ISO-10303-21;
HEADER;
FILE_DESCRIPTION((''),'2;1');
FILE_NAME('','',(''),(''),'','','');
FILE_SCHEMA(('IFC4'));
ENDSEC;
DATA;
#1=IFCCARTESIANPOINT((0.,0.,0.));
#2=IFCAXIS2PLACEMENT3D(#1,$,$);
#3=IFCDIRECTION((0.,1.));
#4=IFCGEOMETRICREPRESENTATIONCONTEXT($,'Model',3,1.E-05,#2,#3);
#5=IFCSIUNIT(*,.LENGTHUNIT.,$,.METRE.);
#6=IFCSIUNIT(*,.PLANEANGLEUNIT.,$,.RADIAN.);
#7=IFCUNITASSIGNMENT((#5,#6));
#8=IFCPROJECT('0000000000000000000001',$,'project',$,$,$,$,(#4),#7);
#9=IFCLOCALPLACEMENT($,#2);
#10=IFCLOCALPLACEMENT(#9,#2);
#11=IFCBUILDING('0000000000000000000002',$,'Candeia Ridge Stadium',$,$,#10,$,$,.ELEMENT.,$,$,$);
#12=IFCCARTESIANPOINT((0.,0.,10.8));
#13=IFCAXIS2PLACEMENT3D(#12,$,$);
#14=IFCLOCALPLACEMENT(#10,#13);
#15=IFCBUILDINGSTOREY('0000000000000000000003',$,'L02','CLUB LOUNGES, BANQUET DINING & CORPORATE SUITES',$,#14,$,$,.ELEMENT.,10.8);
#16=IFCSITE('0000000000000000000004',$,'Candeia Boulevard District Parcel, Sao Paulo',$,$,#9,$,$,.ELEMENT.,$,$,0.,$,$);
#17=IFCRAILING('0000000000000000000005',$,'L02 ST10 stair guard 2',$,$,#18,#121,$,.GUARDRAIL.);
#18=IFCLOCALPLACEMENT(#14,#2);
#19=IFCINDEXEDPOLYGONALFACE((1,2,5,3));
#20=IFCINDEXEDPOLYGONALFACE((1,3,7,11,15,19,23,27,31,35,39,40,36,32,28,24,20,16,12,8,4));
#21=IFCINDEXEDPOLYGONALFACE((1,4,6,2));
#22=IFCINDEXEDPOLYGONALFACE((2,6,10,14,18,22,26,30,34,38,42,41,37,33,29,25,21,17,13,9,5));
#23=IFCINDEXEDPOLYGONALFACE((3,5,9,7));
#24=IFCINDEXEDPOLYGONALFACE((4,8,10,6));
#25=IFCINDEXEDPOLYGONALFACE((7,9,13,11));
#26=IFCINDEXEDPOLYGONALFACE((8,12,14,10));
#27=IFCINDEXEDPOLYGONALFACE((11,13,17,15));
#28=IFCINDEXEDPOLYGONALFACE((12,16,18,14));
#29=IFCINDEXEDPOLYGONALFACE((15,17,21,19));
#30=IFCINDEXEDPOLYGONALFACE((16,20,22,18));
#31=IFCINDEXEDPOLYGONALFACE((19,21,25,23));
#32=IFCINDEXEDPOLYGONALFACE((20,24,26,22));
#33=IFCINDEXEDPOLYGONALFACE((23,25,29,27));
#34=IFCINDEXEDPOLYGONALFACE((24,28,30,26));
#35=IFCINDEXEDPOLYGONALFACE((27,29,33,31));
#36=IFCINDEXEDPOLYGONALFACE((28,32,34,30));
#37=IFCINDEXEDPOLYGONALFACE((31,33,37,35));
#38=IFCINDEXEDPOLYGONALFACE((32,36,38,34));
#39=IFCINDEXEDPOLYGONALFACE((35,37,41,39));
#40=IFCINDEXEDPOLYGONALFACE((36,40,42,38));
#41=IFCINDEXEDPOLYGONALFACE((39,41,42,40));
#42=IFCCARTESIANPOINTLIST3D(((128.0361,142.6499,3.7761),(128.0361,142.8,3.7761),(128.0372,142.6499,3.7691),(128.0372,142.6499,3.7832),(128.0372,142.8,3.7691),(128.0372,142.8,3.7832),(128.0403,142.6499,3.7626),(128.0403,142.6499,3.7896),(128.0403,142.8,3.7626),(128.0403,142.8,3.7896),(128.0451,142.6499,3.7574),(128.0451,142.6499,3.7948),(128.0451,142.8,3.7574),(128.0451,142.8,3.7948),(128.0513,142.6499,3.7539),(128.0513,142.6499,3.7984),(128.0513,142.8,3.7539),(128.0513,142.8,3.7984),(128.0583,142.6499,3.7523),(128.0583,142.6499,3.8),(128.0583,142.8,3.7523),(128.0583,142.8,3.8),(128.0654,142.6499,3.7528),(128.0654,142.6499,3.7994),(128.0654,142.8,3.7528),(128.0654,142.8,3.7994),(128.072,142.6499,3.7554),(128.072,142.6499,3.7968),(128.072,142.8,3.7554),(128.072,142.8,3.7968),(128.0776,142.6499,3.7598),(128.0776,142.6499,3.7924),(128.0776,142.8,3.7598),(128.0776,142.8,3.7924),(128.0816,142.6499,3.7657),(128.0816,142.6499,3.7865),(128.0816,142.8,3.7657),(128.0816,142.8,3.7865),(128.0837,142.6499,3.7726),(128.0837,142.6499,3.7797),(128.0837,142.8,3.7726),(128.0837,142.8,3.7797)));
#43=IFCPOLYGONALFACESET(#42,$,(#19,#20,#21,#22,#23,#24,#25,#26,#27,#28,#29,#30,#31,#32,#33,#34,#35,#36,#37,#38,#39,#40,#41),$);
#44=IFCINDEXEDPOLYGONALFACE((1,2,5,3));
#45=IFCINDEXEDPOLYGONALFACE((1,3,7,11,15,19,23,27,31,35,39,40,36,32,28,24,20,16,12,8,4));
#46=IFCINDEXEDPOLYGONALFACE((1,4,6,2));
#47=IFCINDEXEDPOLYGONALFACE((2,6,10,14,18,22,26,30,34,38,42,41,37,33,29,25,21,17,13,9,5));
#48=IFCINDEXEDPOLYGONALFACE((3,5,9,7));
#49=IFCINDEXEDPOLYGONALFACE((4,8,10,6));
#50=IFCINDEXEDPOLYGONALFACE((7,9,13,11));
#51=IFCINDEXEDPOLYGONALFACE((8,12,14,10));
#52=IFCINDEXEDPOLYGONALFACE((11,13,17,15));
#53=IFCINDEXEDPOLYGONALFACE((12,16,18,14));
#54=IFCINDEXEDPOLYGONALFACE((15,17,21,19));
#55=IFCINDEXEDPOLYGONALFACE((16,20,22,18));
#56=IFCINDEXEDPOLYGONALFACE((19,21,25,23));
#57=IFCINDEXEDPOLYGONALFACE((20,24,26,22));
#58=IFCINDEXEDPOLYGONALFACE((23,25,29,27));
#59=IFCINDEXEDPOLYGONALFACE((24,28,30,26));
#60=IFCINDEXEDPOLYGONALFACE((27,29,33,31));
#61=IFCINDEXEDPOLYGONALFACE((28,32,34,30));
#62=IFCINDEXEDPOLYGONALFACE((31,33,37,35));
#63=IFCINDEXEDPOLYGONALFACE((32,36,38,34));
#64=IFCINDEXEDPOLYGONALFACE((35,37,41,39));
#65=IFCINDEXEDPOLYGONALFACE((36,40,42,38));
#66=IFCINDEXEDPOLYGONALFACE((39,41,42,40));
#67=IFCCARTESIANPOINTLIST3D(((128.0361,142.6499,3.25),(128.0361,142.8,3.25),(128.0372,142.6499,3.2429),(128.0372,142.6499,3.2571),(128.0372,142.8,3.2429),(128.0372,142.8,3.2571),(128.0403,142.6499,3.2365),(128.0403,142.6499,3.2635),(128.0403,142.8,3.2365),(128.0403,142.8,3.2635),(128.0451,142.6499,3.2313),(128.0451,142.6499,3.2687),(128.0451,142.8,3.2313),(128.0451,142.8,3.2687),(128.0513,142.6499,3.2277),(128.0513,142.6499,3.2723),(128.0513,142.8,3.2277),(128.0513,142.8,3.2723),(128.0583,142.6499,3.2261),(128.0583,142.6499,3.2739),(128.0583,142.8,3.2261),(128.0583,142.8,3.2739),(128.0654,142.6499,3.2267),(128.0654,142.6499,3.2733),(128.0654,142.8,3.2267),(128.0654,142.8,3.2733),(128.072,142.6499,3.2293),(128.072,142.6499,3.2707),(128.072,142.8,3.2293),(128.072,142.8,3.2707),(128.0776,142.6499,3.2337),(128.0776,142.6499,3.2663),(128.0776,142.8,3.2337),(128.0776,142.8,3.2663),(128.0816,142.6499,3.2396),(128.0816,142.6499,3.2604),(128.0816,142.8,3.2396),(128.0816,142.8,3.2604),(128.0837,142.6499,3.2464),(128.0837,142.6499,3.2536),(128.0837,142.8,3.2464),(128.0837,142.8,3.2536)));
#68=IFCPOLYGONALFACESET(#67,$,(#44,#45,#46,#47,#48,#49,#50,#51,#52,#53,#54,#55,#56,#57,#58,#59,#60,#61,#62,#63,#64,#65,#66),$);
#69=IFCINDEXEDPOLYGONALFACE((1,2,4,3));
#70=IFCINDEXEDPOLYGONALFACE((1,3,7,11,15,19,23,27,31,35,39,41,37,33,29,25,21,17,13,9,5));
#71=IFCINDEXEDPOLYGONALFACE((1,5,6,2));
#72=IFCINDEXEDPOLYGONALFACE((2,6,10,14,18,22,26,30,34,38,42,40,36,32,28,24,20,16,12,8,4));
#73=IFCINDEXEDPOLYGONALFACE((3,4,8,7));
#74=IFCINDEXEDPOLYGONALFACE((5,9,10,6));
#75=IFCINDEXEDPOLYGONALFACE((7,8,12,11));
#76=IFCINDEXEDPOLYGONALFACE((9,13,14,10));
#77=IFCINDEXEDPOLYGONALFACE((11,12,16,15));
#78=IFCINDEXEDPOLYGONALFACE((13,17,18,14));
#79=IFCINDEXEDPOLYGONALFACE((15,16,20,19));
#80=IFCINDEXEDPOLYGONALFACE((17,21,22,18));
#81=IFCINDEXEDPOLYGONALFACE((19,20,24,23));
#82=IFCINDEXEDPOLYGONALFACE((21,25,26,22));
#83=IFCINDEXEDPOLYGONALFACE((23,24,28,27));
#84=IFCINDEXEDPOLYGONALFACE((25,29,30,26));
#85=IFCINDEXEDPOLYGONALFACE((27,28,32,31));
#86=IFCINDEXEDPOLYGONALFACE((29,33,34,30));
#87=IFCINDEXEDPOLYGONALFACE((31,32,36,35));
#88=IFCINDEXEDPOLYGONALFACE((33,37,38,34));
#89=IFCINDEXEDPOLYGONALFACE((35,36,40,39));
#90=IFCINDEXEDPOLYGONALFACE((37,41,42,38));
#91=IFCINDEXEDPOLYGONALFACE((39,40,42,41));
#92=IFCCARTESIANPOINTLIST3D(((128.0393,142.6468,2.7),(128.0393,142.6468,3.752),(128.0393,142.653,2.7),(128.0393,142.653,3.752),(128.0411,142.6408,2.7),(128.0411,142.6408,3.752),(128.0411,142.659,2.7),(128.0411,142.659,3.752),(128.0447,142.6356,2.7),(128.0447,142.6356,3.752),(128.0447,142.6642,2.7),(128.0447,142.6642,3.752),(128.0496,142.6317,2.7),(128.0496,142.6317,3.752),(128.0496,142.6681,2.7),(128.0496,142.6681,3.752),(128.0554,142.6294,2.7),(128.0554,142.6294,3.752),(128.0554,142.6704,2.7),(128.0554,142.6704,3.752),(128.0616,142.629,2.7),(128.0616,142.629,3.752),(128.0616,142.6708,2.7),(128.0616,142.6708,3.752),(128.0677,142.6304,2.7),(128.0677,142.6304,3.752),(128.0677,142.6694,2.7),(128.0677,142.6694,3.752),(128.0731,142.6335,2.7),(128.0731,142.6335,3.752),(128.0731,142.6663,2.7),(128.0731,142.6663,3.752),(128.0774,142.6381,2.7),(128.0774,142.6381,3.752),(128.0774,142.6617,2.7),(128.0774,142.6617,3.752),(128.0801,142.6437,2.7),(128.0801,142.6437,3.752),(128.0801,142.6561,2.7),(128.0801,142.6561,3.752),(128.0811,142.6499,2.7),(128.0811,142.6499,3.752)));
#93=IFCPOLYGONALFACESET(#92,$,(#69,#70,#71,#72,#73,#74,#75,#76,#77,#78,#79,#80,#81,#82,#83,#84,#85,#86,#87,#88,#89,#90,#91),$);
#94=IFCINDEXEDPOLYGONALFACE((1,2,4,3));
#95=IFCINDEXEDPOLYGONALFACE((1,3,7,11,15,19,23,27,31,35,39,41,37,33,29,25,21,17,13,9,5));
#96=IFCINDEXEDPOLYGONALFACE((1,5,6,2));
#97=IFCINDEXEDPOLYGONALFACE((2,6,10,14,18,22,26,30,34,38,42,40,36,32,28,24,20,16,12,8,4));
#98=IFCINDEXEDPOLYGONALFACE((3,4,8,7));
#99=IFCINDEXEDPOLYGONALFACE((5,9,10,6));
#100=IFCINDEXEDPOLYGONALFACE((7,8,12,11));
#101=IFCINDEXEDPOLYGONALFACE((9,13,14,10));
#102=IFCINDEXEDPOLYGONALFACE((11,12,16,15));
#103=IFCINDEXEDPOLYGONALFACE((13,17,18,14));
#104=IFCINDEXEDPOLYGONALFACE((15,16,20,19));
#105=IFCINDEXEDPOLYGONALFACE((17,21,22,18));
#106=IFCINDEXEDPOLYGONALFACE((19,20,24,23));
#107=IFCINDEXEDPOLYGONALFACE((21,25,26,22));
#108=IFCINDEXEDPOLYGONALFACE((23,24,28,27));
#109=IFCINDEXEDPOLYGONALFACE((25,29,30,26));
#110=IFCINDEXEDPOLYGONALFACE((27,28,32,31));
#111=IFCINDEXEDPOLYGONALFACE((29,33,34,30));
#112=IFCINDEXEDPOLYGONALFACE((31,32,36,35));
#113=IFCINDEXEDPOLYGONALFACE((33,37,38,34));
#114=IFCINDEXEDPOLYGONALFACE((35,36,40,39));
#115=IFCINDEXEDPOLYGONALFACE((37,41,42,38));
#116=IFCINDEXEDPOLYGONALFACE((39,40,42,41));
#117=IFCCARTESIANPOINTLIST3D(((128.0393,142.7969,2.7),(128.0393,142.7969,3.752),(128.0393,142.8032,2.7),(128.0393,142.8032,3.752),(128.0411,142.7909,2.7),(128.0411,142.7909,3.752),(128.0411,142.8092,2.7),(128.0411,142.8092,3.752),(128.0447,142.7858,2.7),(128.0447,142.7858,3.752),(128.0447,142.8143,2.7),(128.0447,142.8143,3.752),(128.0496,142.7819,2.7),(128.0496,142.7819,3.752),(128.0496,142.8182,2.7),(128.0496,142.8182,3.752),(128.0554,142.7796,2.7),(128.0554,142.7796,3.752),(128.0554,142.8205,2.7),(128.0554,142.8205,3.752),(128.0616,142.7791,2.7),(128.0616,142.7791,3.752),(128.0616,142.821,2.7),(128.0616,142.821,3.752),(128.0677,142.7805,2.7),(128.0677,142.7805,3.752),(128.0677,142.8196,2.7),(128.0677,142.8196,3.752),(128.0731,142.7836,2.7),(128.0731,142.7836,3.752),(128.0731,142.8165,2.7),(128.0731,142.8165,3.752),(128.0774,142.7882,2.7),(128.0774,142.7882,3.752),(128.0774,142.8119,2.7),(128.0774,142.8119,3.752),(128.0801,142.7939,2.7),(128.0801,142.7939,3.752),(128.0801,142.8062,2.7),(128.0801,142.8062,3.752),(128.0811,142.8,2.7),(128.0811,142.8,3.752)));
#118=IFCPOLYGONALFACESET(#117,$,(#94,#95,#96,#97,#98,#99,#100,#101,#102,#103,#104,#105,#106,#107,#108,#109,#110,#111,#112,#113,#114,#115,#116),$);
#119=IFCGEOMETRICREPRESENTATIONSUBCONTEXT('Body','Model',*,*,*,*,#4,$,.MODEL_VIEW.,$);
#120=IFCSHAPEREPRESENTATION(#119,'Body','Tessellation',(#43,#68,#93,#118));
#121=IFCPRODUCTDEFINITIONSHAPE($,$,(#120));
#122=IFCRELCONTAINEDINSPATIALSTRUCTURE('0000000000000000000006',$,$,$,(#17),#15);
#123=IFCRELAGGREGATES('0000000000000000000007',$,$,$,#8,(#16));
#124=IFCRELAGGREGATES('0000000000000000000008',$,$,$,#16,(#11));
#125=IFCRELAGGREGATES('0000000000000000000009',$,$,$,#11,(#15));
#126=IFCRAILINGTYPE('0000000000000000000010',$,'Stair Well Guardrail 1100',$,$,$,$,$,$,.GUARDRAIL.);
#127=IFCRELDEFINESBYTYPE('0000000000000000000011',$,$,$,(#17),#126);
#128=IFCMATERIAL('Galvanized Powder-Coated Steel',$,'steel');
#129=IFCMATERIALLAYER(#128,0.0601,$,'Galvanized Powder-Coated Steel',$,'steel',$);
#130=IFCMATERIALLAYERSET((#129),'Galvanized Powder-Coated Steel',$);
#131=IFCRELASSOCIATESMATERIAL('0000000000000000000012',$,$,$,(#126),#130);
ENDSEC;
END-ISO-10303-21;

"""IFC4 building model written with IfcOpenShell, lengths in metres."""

from ifc_helpers import new_model, si_unit, direction, frame, origin, origin_2d, place, context, subcontext, project, spatial, circle, extrude, material, layer, layer_set, type_object, element, save


model = new_model("IFC4")

# Units and contexts
model_context = context("Model", 3, precision=1e-05, world=origin(), true_north=direction((0.0, 1.0)))
body_context = subcontext(model_context, "Body", "Model", "MODEL_VIEW")
ifc_project = project(units=[si_unit("LENGTHUNIT", "METRE"), si_unit("PLANEANGLEUNIT", "RADIAN")], contexts=[model_context])

# Site, building, storey
site_placement = place(None, origin())
site = spatial("IfcSite", under=ifc_project, at=site_placement, Name="Candeia Boulevard District Parcel, Sao Paulo", CompositionType="ELEMENT", RefElevation=0.0)
building_placement = place(site_placement, origin())
building = spatial("IfcBuilding", under=site, at=building_placement, Name="Candeia Ridge Stadium", CompositionType="ELEMENT")
storey_placement = place(building_placement, frame((0.0, 0.0, 10.8)))
storey = spatial("IfcBuildingStorey", under=building, at=storey_placement, Name="L02", Description="CLUB LOUNGES, BANQUET DINING & CORPORATE SUITES", CompositionType="ELEMENT", Elevation=10.8)

# Railing
ifc_material_1 = material(Name="Galvanized Powder-Coated Steel", Category="steel")
ifc_layer_1 = layer(ifc_material_1, 0.0601, Name="Galvanized Powder-Coated Steel", Category="steel")
ifc_layer_set_1 = layer_set([ifc_layer_1], Name="Galvanized Powder-Coated Steel")
railing_type_1 = type_object("IfcRailingType", Name="Stair Well Guardrail 1100", PredefinedType="GUARDRAIL", material=ifc_layer_set_1)
railing_1_placement = place(storey_placement, frame((128.0601, 142.6499, 2.7)))
element("IfcRailing", 1, at=railing_1_placement, inside=storey, type_object=railing_type_1, Name="L02 ST10 stair guard 2", PredefinedType="GUARDRAIL", context=body_context, shape_type="SweptSolid", body=[
    extrude(circle(Radius=0.0239, at=origin_2d()), frame((0.0, 0.0, 1.0762), z_axis=(0.0, 1.0, 0.0), x_axis=(-1.0, 0.0, 0.0)), (0.0, 0.0, 1.0), 0.1501),
    extrude(circle(Radius=0.0239, at=origin_2d()), frame((0.0, 0.0, 0.55), z_axis=(0.0, 1.0, 0.0), x_axis=(-1.0, 0.0, 0.0)), (0.0, 0.0, 1.0), 0.1501),
    extrude(circle(Radius=0.021, at=origin_2d()), origin(), (0.0, 0.0, 1.0), 1.052),
    extrude(circle(Radius=0.021, at=origin_2d()), frame((0.0, 0.1501, 0.0)), (0.0, 0.0, 1.0), 1.052),
])

save(model, "model.ifc")
